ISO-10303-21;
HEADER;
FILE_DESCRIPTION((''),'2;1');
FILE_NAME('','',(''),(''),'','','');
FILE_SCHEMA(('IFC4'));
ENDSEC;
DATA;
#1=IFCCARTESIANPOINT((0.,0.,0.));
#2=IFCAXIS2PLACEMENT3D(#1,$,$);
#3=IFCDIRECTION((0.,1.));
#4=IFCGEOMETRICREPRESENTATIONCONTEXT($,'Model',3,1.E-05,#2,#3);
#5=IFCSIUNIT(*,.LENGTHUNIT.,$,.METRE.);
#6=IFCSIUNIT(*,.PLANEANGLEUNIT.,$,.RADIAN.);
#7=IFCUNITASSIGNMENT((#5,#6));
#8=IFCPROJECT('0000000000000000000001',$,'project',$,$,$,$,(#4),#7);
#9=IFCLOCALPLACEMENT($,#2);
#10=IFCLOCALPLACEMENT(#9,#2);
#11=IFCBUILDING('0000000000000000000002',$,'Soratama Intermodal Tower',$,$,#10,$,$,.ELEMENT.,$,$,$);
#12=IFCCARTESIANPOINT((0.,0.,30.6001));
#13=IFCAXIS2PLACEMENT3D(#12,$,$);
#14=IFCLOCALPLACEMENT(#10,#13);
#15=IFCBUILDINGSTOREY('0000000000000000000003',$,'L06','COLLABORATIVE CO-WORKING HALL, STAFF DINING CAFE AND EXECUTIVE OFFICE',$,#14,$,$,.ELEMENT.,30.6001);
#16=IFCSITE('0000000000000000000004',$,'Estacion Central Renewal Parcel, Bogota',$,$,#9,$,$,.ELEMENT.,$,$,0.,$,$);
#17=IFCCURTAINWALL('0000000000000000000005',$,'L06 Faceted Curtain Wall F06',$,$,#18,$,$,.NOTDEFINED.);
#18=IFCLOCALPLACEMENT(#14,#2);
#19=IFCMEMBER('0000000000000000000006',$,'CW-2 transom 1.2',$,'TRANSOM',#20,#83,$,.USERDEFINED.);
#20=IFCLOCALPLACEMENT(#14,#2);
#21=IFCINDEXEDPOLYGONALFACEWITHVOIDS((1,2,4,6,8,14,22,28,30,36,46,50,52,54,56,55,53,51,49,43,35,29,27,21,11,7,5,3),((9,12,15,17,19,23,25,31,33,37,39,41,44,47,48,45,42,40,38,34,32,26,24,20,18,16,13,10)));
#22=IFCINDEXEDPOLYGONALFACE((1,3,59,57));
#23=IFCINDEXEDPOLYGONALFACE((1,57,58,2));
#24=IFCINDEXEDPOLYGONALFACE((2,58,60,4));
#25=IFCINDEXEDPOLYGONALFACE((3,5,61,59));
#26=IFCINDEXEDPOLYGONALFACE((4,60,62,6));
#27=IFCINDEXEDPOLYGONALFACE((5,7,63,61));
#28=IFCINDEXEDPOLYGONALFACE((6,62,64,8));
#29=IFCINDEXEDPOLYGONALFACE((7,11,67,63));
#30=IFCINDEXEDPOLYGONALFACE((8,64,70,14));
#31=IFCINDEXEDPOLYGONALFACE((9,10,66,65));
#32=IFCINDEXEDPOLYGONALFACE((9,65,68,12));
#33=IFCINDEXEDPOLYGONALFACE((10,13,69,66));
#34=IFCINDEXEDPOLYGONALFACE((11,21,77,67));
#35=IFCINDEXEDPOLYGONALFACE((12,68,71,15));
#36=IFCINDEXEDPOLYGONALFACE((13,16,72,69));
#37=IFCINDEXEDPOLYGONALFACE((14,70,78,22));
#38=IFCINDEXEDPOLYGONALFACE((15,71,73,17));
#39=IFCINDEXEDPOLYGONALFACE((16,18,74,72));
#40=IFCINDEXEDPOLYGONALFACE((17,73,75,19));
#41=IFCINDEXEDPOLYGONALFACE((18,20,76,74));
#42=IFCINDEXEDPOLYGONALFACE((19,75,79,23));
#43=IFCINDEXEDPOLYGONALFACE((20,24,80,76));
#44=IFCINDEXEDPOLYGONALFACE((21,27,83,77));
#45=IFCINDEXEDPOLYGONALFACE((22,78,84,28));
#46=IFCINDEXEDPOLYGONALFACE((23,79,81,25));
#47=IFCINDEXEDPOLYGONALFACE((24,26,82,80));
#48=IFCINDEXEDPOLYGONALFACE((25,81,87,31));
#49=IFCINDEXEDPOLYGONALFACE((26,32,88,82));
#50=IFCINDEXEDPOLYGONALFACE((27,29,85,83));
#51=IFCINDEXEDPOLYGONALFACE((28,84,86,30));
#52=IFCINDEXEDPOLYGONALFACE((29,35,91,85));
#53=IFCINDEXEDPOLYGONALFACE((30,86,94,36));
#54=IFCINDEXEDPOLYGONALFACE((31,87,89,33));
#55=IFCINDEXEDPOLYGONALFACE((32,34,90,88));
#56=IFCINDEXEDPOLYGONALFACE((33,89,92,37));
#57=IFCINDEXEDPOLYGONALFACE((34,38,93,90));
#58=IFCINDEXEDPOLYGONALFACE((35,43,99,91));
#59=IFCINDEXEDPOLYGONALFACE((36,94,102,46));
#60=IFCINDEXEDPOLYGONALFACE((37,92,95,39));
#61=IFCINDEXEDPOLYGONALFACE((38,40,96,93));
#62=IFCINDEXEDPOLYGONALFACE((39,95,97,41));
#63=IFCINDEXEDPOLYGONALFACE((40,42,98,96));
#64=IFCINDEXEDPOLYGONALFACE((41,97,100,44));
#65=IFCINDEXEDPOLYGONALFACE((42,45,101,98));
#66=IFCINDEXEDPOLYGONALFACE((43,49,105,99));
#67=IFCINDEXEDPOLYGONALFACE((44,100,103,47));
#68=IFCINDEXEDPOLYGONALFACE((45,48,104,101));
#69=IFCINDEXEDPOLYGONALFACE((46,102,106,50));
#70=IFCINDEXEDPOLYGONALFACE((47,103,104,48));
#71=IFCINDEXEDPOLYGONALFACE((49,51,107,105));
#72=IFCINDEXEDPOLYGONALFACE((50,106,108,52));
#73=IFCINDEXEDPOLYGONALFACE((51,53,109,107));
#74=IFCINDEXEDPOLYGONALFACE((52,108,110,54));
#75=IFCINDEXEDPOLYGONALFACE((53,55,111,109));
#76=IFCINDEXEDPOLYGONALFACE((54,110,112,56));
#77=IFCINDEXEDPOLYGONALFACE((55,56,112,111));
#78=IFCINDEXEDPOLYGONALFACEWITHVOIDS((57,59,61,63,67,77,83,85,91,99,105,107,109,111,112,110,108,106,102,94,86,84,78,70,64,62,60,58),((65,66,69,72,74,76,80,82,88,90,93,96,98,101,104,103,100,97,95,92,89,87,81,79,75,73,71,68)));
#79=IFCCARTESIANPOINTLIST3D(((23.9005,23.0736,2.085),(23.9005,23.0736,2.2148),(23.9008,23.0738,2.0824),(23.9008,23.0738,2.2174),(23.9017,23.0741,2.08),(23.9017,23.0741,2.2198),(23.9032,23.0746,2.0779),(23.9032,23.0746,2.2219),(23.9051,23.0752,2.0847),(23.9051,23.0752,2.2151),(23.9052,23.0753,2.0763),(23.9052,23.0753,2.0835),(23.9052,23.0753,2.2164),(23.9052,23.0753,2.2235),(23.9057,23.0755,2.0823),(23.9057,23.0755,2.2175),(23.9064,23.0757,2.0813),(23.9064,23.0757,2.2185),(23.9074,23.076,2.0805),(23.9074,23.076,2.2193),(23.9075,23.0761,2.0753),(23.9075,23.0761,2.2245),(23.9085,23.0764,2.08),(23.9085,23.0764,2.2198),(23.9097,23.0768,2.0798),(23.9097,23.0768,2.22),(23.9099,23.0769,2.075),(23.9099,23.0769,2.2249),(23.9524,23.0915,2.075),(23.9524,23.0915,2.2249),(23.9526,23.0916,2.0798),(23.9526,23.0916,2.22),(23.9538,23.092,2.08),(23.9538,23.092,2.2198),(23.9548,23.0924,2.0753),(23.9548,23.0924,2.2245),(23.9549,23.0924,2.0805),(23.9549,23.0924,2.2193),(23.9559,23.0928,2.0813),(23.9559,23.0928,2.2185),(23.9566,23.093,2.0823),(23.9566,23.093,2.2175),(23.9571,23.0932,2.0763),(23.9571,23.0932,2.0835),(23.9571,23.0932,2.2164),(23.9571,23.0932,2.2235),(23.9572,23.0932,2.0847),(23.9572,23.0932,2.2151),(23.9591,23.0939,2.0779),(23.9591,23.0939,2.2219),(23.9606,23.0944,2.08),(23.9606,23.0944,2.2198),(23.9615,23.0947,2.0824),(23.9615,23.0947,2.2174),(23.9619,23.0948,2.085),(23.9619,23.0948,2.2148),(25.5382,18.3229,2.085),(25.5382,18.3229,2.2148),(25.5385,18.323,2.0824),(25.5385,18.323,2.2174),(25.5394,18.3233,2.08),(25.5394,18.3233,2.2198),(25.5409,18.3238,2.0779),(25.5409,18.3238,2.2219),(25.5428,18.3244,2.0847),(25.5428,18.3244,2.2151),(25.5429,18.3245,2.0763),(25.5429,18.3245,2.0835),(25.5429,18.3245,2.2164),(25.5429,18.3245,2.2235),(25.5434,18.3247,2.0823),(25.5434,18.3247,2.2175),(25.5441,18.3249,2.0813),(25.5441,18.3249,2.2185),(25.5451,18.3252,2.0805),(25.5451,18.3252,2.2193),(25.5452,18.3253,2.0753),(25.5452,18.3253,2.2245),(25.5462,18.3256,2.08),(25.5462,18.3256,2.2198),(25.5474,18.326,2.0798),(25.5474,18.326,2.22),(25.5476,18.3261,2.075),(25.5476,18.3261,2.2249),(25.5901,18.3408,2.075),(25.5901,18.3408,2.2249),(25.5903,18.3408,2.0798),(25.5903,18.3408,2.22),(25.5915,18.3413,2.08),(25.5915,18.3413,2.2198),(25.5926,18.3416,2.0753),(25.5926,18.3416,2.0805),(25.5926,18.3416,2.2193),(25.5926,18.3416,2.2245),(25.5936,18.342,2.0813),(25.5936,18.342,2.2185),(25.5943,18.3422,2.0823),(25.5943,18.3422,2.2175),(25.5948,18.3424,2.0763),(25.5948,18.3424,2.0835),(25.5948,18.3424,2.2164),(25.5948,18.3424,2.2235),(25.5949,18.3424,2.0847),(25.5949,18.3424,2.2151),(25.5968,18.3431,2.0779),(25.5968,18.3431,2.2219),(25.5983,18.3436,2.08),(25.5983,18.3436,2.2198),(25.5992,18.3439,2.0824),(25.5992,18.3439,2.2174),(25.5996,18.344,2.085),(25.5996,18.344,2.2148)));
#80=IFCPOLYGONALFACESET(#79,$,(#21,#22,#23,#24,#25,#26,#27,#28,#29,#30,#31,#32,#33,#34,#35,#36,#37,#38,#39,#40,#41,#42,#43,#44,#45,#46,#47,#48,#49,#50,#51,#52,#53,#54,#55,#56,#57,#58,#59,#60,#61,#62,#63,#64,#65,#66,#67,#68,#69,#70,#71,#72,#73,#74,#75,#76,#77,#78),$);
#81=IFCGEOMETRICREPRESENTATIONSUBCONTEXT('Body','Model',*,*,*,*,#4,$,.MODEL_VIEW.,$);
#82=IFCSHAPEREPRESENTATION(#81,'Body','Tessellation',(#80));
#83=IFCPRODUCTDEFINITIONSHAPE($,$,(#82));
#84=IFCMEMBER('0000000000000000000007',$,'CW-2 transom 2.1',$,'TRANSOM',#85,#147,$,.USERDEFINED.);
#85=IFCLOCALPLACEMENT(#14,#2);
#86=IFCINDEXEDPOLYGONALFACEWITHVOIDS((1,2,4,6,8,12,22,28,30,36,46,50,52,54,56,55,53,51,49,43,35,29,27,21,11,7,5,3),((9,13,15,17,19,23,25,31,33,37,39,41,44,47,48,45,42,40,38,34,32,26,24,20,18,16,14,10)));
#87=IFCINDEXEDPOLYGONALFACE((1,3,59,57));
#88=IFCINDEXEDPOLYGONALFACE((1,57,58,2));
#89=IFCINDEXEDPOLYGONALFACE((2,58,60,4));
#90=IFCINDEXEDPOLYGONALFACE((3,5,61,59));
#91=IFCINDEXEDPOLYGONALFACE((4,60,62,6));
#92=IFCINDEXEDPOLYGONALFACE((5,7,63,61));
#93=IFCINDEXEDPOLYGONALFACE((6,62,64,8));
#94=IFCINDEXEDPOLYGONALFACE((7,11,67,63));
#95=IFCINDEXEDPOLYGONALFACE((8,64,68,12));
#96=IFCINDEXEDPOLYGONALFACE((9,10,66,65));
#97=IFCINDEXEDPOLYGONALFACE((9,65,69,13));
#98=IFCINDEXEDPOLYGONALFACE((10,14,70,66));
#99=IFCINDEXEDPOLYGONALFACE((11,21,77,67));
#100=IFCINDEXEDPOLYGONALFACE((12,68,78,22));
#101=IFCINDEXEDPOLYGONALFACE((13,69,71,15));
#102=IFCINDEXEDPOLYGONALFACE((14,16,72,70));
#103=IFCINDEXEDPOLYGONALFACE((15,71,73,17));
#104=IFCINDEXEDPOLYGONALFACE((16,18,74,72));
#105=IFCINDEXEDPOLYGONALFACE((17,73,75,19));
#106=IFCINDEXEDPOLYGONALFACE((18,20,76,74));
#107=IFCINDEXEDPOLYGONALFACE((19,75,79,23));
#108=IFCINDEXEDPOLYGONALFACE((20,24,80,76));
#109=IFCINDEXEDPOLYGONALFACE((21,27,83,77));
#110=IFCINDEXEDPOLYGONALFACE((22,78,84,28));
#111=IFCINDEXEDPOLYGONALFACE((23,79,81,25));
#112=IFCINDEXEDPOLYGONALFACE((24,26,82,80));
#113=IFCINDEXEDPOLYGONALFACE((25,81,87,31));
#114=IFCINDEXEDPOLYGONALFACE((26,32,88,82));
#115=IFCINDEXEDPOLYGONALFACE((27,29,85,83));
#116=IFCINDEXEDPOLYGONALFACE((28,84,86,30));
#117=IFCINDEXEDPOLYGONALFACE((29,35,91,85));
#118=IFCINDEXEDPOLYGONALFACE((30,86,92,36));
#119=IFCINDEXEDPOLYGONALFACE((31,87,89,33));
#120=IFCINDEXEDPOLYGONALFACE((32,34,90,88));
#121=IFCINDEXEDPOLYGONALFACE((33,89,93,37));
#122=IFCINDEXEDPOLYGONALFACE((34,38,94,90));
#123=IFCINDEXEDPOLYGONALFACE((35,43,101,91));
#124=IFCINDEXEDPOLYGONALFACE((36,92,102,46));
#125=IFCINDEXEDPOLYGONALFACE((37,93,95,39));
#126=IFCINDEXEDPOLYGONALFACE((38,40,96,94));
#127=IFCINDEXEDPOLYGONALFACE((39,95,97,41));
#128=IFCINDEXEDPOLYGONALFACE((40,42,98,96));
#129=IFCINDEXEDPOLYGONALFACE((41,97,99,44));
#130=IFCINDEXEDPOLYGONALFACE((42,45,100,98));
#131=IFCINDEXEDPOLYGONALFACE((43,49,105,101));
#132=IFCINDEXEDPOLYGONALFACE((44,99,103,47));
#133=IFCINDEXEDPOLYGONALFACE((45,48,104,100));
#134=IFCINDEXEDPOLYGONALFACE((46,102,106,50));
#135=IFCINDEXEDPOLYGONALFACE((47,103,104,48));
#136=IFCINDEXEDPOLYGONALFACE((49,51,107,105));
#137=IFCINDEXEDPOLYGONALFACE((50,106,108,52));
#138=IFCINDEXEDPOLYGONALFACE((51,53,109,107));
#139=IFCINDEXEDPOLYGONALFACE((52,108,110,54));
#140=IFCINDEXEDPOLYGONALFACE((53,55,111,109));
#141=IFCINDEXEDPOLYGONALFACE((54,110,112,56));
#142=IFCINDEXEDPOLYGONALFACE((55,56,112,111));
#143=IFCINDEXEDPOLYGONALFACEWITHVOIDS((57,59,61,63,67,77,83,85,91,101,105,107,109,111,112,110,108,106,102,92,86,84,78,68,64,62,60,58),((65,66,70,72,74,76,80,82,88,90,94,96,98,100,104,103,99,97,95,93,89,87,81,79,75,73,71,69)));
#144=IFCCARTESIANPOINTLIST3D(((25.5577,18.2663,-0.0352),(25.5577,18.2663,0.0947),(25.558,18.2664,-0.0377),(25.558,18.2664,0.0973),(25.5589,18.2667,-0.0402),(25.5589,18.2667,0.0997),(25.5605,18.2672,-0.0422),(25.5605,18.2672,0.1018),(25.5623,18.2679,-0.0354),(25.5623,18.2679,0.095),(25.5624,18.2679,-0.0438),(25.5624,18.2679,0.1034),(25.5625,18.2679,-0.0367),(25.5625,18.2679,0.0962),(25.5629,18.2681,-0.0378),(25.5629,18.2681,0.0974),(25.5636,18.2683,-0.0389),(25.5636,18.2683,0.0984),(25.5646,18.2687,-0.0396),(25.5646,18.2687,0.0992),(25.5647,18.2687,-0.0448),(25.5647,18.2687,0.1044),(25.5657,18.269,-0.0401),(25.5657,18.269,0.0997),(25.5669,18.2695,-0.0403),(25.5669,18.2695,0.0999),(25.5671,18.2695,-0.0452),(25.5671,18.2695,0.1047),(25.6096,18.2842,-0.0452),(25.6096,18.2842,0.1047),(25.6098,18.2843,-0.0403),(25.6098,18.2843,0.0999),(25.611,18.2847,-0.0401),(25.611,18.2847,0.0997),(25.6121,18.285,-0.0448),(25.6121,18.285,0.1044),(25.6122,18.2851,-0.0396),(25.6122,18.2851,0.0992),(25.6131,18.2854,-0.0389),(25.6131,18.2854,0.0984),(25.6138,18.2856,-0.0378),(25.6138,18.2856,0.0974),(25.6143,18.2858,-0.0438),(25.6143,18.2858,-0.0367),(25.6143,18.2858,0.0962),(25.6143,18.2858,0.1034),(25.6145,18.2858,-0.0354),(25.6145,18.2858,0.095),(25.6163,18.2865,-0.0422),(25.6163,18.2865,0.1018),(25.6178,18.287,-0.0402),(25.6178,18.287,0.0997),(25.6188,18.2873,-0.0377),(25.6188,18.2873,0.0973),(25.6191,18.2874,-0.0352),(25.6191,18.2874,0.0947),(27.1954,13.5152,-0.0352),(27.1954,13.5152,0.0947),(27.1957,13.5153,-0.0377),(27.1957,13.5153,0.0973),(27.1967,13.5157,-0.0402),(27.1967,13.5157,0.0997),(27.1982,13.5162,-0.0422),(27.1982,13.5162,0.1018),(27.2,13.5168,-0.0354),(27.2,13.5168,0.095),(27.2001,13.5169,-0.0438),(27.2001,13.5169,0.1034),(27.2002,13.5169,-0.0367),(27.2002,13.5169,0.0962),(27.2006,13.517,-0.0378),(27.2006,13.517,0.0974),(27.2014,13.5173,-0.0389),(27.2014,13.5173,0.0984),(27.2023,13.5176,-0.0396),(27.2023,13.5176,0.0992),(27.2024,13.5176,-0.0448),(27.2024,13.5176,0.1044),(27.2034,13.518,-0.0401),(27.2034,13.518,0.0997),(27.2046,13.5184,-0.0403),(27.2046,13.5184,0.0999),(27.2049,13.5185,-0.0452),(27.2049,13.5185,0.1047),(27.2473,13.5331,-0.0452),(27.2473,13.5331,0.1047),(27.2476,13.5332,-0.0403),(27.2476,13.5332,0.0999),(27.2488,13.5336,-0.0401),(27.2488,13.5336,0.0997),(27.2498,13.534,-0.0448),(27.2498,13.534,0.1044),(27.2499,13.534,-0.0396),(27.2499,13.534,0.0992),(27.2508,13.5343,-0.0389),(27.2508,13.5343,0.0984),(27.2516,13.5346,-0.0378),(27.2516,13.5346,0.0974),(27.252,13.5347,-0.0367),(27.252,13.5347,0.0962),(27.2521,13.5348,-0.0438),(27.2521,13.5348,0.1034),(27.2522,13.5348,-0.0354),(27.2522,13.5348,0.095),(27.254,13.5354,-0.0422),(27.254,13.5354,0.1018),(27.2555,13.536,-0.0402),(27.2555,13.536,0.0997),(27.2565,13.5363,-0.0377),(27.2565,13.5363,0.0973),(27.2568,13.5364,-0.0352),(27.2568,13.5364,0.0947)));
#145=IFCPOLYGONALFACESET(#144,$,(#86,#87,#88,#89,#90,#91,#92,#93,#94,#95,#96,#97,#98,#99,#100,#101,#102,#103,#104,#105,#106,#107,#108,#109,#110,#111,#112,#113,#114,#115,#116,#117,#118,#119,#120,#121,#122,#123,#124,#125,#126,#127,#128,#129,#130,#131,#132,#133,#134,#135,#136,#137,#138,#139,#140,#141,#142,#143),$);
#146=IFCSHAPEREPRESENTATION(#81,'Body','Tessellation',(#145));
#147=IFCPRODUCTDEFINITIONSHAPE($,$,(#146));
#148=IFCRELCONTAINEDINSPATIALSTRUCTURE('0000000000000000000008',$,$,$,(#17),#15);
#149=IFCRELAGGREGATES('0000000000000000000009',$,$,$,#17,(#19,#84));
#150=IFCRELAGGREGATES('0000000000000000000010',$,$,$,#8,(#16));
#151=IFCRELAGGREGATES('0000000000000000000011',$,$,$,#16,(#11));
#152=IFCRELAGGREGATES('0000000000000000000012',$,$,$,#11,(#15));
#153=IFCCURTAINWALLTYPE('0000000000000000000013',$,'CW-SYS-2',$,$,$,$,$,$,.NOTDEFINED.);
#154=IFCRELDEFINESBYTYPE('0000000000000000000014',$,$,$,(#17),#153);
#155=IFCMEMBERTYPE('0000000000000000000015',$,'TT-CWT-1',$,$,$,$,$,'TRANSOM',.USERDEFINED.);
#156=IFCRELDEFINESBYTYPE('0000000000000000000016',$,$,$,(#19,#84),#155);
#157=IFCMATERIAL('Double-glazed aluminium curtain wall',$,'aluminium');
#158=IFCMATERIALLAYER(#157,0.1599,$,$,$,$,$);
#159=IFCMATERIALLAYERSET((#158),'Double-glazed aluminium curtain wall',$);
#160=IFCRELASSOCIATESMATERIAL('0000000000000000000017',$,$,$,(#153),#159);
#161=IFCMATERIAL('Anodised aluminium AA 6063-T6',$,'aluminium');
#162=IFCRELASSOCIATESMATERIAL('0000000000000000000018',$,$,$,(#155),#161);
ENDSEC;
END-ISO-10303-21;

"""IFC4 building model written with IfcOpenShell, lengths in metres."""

from ifc_helpers import new_model, si_unit, direction, frame, origin, origin_2d, place, context, subcontext, project, spatial, hollow_rectangle, extrude, material, layer, layer_set, material_profile, profile_set, type_object, element, aggregate, save


model = new_model("IFC4")

# Units and contexts
model_context = context("Model", 3, precision=1e-05, world=origin(), true_north=direction((0.0, 1.0)))
body_context = subcontext(model_context, "Body", "Model", "MODEL_VIEW")
ifc_project = project(units=[si_unit("LENGTHUNIT", "METRE"), si_unit("PLANEANGLEUNIT", "RADIAN")], contexts=[model_context])

# Site, building, storey
site_placement = place(None, origin())
site = spatial("IfcSite", under=ifc_project, at=site_placement, Name="Estacion Central Renewal Parcel, Bogota", CompositionType="ELEMENT", RefElevation=0.0)
building_placement = place(site_placement, origin())
building = spatial("IfcBuilding", under=site, at=building_placement, Name="Soratama Intermodal Tower", CompositionType="ELEMENT")
storey_placement = place(building_placement, frame((0.0, 0.0, 30.6001)))
storey = spatial("IfcBuildingStorey", under=building, at=storey_placement, Name="L06", Description="COLLABORATIVE CO-WORKING HALL, STAFF DINING CAFE AND EXECUTIVE OFFICE", CompositionType="ELEMENT", Elevation=30.6001)

# Curtain wall, members
ifc_material_1 = material(Name="Double-glazed aluminium curtain wall", Category="aluminium")
ifc_layer_1 = layer(ifc_material_1, 0.1599)
ifc_layer_set_1 = layer_set([ifc_layer_1], Name="Double-glazed aluminium curtain wall")
curtain_wall_type = type_object("IfcCurtainWallType", Name="CW-SYS-2", PredefinedType="NOTDEFINED", material=ifc_layer_set_1)
curtain_wall_placement = place(storey_placement, origin())
curtain_wall = element("IfcCurtainWall", 1, at=curtain_wall_placement, inside=storey, type_object=curtain_wall_type, Name="L06 Faceted Curtain Wall F06", PredefinedType="NOTDEFINED")
ifc_material_2 = material(Name="Anodised aluminium AA 6063-T6", Category="aluminium")
ifc_material_profile_1 = material_profile(ifc_material_2, hollow_rectangle(XDim=0.0649, YDim=0.1499, WallThickness=0.0049, InnerFilletRadius=0.0049, OuterFilletRadius=0.01, at=origin_2d()), Name="CWT150X65X5")
ifc_profile_set_1 = profile_set([ifc_material_profile_1], Name="Anodised aluminium AA 6063-T6")
member_type_1 = type_object("IfcMemberType", Name="TT-CWT-1", ElementType="TRANSOM", PredefinedType="USERDEFINED", material=ifc_profile_set_1)
member_1_placement = place(storey_placement, frame((23.9312, 23.0842, 2.1499), z_axis=(0.325904, -0.945403, 0.0), x_axis=(0.945403, 0.325904, 0.0)))
member_1 = element("IfcMember", 2, at=member_1_placement, type_object=member_type_1, Name="CW-2 transom 1.2", ObjectType="TRANSOM", PredefinedType="USERDEFINED", context=body_context, shape_type="SweptSolid", body=[
    extrude(hollow_rectangle(XDim=0.0649, YDim=0.1499, WallThickness=0.0049, InnerFilletRadius=0.0049, OuterFilletRadius=0.01, at=origin_2d()), origin(), (0.0, 0.0, 1.0), 5.0251),
])
member_2_placement = place(storey_placement, frame((25.5884, 18.2769, 0.0298), z_axis=(0.325889, -0.945408, 0.0), x_axis=(0.945408, 0.325889, 0.0)))
member_2 = element("IfcMember", 3, at=member_2_placement, type_object=member_type_1, Name="CW-2 transom 2.1", ObjectType="TRANSOM", PredefinedType="USERDEFINED", context=body_context, shape_type="SweptSolid", body=[
    extrude(hollow_rectangle(XDim=0.0649, YDim=0.1499, WallThickness=0.0049, InnerFilletRadius=0.0049, OuterFilletRadius=0.01, at=origin_2d()), origin(), (0.0, 0.0, 1.0), 5.0254),
])
aggregate(curtain_wall, [member_1, member_2])

save(model, "model.ifc")
